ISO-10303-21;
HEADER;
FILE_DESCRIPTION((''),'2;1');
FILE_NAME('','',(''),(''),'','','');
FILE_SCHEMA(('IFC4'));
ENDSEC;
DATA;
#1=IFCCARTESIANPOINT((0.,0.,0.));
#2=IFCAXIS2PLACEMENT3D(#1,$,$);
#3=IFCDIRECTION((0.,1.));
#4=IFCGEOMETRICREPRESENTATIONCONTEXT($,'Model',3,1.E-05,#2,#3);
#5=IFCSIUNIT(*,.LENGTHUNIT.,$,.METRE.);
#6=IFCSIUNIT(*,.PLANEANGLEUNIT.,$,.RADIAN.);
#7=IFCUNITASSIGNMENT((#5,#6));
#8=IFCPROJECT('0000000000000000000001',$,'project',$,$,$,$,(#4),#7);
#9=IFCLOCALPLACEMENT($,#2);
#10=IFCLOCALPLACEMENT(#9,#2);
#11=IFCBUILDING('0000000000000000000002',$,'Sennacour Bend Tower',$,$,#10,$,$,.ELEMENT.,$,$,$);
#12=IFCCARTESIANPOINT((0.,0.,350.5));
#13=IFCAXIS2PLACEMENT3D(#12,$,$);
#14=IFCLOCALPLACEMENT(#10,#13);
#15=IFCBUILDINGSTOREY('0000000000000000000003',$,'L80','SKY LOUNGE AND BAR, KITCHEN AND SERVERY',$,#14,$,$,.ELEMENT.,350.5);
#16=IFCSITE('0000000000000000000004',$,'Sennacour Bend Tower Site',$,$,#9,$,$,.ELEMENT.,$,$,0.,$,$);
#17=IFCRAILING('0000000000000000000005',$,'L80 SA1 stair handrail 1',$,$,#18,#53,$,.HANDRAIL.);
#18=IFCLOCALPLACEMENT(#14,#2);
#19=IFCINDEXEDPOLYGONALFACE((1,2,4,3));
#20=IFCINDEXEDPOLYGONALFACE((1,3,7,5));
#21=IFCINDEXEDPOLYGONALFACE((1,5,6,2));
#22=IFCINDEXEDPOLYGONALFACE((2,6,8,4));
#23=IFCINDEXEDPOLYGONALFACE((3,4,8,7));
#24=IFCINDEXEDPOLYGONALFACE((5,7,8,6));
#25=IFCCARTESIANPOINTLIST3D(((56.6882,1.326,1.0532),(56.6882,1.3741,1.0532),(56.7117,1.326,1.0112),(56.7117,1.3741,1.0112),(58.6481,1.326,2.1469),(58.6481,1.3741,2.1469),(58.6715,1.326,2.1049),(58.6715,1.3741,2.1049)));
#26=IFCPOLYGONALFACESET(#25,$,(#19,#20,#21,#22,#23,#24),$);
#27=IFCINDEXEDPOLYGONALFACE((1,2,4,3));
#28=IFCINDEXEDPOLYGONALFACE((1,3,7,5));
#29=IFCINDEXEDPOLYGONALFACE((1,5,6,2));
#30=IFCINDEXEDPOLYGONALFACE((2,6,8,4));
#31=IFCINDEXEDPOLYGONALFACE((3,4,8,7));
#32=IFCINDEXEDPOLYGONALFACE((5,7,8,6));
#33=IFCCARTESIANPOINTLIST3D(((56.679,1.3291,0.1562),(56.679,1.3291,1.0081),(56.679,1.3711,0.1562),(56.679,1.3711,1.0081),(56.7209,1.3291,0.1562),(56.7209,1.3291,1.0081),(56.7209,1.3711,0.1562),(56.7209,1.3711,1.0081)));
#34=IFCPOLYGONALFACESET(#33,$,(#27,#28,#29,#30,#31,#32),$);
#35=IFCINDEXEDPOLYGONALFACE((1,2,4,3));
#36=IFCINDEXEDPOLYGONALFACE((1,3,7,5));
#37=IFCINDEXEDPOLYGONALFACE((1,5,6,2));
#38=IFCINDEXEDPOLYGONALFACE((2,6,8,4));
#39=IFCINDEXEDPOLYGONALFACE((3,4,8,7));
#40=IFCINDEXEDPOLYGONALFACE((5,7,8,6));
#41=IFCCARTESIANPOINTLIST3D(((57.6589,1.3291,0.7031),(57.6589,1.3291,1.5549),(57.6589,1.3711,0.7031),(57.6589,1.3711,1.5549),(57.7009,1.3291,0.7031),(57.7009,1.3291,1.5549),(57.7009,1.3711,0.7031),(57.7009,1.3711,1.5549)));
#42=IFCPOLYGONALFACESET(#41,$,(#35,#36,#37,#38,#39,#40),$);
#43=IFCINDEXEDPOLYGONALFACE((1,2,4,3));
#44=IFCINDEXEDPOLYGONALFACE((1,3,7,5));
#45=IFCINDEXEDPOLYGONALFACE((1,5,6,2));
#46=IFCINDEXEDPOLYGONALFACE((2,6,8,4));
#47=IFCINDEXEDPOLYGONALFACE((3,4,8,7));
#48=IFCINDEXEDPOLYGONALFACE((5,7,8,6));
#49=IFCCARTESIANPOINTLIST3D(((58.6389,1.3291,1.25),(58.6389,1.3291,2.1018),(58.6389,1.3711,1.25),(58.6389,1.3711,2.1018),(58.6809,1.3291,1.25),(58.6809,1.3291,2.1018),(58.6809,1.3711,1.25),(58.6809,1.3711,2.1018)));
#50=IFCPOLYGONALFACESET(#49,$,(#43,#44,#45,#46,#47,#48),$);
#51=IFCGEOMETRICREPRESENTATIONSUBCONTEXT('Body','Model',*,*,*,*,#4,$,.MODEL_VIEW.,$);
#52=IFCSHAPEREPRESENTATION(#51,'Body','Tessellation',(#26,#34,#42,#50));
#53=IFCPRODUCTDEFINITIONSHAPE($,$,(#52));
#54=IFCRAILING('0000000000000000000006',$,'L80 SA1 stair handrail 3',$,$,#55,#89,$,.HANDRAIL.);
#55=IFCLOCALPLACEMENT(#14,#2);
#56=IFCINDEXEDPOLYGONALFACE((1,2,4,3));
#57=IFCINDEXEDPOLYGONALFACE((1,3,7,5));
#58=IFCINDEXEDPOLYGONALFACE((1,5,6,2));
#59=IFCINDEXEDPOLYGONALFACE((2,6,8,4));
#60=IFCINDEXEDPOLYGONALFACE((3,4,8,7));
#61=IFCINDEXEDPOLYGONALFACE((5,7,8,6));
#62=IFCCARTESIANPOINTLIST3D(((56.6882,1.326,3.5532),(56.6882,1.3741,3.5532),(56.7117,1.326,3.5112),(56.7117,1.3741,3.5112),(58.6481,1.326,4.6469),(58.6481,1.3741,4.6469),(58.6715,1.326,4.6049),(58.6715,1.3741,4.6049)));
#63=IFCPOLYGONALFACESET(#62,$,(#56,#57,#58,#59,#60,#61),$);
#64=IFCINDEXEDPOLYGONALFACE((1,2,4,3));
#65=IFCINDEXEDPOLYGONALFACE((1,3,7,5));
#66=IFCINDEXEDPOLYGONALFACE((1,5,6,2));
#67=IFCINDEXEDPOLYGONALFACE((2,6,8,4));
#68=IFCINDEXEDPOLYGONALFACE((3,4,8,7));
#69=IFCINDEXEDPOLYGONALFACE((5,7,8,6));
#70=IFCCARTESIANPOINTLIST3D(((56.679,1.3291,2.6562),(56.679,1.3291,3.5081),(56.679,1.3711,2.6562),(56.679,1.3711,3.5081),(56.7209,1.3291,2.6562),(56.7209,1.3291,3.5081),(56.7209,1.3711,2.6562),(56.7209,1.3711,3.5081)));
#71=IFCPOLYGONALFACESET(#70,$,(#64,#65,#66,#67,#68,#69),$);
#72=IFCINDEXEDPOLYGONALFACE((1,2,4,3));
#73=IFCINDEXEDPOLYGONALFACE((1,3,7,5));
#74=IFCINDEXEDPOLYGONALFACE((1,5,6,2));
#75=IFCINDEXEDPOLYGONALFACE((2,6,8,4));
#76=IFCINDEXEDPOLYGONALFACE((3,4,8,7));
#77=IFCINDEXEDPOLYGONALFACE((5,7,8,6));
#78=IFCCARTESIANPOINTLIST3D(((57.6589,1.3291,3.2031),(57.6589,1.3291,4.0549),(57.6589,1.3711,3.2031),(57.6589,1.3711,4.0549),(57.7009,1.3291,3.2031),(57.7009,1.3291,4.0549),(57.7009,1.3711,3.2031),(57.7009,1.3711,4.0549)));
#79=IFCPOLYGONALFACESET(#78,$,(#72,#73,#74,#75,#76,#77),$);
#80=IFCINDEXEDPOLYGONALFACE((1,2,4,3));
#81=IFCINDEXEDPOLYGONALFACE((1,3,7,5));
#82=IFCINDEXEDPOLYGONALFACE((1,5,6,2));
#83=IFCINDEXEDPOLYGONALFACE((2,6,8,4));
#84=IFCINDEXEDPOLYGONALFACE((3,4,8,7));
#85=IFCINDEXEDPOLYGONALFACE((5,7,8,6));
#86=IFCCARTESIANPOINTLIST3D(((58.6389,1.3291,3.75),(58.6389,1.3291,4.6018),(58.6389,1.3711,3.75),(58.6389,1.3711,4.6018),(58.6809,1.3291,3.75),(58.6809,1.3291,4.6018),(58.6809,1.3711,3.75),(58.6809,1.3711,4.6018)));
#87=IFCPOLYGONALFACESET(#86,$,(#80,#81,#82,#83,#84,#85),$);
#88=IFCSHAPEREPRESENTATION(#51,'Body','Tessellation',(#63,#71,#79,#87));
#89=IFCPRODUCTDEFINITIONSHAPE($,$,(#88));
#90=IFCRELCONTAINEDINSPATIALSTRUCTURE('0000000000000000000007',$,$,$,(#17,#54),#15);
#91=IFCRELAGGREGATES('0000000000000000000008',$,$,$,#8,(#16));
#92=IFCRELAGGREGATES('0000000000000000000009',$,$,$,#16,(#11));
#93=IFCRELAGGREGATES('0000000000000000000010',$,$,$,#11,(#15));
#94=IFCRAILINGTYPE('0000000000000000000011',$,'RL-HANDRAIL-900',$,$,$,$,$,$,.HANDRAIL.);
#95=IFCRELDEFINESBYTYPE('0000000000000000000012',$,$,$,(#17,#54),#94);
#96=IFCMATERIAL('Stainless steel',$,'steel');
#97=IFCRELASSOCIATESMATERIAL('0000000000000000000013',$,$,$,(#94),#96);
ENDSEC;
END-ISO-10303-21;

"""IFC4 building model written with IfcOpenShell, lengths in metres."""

from ifc_helpers import new_model, si_unit, direction, frame, origin, origin_2d, place, context, subcontext, project, spatial, rectangle, extrude, material, type_object, element, save


model = new_model("IFC4")

# Units and contexts
model_context = context("Model", 3, precision=1e-05, world=origin(), true_north=direction((0.0, 1.0)))
body_context = subcontext(model_context, "Body", "Model", "MODEL_VIEW")
ifc_project = project(units=[si_unit("LENGTHUNIT", "METRE"), si_unit("PLANEANGLEUNIT", "RADIAN")], contexts=[model_context])

# Site, building, storey
site_placement = place(None, origin())
site = spatial("IfcSite", under=ifc_project, at=site_placement, Name="Sennacour Bend Tower Site", CompositionType="ELEMENT", RefElevation=0.0)
building_placement = place(site_placement, origin())
building = spatial("IfcBuilding", under=site, at=building_placement, Name="Sennacour Bend Tower", CompositionType="ELEMENT")
storey_placement = place(building_placement, frame((0.0, 0.0, 350.5)))
storey = spatial("IfcBuildingStorey", under=building, at=storey_placement, Name="L80", Description="SKY LOUNGE AND BAR, KITCHEN AND SERVERY", CompositionType="ELEMENT", Elevation=350.5)

# Railings
ifc_material_1 = material(Name="Stainless steel", Category="steel")
railing_type_1 = type_object("IfcRailingType", Name="RL-HANDRAIL-900", PredefinedType="HANDRAIL", material=ifc_material_1)
for number, where, name in (
    (1, (56.7, 1.3501, 0.1562), "L80 SA1 stair handrail 1"),
    (2, (56.7, 1.3501, 2.6562), "L80 SA1 stair handrail 3"),
):
    element("IfcRailing", number, at=place(storey_placement, frame(where)), inside=storey, type_object=railing_type_1, Name=name, PredefinedType="HANDRAIL", context=body_context, shape_type="SweptSolid", body=[
        extrude(rectangle(XDim=0.0481, YDim=0.0481, at=origin_2d()), frame((0.0, 0.0, 0.876), z_axis=(0.873232, 0.0, 0.487304), x_axis=(0.0, 1.0, 0.0)), (0.0, 0.0, 1.0), 2.2444),
        extrude(rectangle(XDim=0.042, YDim=0.042, at=origin_2d()), origin(), (0.0, 0.0, 1.0), 0.8518),
        extrude(rectangle(XDim=0.042, YDim=0.042, at=origin_2d()), frame((0.98, 0.0, 0.5469)), (0.0, 0.0, 1.0), 0.8518),
        extrude(rectangle(XDim=0.042, YDim=0.042, at=origin_2d()), frame((1.96, 0.0, 1.0938)), (0.0, 0.0, 1.0), 0.8518),
    ])

save(model, "model.ifc")
